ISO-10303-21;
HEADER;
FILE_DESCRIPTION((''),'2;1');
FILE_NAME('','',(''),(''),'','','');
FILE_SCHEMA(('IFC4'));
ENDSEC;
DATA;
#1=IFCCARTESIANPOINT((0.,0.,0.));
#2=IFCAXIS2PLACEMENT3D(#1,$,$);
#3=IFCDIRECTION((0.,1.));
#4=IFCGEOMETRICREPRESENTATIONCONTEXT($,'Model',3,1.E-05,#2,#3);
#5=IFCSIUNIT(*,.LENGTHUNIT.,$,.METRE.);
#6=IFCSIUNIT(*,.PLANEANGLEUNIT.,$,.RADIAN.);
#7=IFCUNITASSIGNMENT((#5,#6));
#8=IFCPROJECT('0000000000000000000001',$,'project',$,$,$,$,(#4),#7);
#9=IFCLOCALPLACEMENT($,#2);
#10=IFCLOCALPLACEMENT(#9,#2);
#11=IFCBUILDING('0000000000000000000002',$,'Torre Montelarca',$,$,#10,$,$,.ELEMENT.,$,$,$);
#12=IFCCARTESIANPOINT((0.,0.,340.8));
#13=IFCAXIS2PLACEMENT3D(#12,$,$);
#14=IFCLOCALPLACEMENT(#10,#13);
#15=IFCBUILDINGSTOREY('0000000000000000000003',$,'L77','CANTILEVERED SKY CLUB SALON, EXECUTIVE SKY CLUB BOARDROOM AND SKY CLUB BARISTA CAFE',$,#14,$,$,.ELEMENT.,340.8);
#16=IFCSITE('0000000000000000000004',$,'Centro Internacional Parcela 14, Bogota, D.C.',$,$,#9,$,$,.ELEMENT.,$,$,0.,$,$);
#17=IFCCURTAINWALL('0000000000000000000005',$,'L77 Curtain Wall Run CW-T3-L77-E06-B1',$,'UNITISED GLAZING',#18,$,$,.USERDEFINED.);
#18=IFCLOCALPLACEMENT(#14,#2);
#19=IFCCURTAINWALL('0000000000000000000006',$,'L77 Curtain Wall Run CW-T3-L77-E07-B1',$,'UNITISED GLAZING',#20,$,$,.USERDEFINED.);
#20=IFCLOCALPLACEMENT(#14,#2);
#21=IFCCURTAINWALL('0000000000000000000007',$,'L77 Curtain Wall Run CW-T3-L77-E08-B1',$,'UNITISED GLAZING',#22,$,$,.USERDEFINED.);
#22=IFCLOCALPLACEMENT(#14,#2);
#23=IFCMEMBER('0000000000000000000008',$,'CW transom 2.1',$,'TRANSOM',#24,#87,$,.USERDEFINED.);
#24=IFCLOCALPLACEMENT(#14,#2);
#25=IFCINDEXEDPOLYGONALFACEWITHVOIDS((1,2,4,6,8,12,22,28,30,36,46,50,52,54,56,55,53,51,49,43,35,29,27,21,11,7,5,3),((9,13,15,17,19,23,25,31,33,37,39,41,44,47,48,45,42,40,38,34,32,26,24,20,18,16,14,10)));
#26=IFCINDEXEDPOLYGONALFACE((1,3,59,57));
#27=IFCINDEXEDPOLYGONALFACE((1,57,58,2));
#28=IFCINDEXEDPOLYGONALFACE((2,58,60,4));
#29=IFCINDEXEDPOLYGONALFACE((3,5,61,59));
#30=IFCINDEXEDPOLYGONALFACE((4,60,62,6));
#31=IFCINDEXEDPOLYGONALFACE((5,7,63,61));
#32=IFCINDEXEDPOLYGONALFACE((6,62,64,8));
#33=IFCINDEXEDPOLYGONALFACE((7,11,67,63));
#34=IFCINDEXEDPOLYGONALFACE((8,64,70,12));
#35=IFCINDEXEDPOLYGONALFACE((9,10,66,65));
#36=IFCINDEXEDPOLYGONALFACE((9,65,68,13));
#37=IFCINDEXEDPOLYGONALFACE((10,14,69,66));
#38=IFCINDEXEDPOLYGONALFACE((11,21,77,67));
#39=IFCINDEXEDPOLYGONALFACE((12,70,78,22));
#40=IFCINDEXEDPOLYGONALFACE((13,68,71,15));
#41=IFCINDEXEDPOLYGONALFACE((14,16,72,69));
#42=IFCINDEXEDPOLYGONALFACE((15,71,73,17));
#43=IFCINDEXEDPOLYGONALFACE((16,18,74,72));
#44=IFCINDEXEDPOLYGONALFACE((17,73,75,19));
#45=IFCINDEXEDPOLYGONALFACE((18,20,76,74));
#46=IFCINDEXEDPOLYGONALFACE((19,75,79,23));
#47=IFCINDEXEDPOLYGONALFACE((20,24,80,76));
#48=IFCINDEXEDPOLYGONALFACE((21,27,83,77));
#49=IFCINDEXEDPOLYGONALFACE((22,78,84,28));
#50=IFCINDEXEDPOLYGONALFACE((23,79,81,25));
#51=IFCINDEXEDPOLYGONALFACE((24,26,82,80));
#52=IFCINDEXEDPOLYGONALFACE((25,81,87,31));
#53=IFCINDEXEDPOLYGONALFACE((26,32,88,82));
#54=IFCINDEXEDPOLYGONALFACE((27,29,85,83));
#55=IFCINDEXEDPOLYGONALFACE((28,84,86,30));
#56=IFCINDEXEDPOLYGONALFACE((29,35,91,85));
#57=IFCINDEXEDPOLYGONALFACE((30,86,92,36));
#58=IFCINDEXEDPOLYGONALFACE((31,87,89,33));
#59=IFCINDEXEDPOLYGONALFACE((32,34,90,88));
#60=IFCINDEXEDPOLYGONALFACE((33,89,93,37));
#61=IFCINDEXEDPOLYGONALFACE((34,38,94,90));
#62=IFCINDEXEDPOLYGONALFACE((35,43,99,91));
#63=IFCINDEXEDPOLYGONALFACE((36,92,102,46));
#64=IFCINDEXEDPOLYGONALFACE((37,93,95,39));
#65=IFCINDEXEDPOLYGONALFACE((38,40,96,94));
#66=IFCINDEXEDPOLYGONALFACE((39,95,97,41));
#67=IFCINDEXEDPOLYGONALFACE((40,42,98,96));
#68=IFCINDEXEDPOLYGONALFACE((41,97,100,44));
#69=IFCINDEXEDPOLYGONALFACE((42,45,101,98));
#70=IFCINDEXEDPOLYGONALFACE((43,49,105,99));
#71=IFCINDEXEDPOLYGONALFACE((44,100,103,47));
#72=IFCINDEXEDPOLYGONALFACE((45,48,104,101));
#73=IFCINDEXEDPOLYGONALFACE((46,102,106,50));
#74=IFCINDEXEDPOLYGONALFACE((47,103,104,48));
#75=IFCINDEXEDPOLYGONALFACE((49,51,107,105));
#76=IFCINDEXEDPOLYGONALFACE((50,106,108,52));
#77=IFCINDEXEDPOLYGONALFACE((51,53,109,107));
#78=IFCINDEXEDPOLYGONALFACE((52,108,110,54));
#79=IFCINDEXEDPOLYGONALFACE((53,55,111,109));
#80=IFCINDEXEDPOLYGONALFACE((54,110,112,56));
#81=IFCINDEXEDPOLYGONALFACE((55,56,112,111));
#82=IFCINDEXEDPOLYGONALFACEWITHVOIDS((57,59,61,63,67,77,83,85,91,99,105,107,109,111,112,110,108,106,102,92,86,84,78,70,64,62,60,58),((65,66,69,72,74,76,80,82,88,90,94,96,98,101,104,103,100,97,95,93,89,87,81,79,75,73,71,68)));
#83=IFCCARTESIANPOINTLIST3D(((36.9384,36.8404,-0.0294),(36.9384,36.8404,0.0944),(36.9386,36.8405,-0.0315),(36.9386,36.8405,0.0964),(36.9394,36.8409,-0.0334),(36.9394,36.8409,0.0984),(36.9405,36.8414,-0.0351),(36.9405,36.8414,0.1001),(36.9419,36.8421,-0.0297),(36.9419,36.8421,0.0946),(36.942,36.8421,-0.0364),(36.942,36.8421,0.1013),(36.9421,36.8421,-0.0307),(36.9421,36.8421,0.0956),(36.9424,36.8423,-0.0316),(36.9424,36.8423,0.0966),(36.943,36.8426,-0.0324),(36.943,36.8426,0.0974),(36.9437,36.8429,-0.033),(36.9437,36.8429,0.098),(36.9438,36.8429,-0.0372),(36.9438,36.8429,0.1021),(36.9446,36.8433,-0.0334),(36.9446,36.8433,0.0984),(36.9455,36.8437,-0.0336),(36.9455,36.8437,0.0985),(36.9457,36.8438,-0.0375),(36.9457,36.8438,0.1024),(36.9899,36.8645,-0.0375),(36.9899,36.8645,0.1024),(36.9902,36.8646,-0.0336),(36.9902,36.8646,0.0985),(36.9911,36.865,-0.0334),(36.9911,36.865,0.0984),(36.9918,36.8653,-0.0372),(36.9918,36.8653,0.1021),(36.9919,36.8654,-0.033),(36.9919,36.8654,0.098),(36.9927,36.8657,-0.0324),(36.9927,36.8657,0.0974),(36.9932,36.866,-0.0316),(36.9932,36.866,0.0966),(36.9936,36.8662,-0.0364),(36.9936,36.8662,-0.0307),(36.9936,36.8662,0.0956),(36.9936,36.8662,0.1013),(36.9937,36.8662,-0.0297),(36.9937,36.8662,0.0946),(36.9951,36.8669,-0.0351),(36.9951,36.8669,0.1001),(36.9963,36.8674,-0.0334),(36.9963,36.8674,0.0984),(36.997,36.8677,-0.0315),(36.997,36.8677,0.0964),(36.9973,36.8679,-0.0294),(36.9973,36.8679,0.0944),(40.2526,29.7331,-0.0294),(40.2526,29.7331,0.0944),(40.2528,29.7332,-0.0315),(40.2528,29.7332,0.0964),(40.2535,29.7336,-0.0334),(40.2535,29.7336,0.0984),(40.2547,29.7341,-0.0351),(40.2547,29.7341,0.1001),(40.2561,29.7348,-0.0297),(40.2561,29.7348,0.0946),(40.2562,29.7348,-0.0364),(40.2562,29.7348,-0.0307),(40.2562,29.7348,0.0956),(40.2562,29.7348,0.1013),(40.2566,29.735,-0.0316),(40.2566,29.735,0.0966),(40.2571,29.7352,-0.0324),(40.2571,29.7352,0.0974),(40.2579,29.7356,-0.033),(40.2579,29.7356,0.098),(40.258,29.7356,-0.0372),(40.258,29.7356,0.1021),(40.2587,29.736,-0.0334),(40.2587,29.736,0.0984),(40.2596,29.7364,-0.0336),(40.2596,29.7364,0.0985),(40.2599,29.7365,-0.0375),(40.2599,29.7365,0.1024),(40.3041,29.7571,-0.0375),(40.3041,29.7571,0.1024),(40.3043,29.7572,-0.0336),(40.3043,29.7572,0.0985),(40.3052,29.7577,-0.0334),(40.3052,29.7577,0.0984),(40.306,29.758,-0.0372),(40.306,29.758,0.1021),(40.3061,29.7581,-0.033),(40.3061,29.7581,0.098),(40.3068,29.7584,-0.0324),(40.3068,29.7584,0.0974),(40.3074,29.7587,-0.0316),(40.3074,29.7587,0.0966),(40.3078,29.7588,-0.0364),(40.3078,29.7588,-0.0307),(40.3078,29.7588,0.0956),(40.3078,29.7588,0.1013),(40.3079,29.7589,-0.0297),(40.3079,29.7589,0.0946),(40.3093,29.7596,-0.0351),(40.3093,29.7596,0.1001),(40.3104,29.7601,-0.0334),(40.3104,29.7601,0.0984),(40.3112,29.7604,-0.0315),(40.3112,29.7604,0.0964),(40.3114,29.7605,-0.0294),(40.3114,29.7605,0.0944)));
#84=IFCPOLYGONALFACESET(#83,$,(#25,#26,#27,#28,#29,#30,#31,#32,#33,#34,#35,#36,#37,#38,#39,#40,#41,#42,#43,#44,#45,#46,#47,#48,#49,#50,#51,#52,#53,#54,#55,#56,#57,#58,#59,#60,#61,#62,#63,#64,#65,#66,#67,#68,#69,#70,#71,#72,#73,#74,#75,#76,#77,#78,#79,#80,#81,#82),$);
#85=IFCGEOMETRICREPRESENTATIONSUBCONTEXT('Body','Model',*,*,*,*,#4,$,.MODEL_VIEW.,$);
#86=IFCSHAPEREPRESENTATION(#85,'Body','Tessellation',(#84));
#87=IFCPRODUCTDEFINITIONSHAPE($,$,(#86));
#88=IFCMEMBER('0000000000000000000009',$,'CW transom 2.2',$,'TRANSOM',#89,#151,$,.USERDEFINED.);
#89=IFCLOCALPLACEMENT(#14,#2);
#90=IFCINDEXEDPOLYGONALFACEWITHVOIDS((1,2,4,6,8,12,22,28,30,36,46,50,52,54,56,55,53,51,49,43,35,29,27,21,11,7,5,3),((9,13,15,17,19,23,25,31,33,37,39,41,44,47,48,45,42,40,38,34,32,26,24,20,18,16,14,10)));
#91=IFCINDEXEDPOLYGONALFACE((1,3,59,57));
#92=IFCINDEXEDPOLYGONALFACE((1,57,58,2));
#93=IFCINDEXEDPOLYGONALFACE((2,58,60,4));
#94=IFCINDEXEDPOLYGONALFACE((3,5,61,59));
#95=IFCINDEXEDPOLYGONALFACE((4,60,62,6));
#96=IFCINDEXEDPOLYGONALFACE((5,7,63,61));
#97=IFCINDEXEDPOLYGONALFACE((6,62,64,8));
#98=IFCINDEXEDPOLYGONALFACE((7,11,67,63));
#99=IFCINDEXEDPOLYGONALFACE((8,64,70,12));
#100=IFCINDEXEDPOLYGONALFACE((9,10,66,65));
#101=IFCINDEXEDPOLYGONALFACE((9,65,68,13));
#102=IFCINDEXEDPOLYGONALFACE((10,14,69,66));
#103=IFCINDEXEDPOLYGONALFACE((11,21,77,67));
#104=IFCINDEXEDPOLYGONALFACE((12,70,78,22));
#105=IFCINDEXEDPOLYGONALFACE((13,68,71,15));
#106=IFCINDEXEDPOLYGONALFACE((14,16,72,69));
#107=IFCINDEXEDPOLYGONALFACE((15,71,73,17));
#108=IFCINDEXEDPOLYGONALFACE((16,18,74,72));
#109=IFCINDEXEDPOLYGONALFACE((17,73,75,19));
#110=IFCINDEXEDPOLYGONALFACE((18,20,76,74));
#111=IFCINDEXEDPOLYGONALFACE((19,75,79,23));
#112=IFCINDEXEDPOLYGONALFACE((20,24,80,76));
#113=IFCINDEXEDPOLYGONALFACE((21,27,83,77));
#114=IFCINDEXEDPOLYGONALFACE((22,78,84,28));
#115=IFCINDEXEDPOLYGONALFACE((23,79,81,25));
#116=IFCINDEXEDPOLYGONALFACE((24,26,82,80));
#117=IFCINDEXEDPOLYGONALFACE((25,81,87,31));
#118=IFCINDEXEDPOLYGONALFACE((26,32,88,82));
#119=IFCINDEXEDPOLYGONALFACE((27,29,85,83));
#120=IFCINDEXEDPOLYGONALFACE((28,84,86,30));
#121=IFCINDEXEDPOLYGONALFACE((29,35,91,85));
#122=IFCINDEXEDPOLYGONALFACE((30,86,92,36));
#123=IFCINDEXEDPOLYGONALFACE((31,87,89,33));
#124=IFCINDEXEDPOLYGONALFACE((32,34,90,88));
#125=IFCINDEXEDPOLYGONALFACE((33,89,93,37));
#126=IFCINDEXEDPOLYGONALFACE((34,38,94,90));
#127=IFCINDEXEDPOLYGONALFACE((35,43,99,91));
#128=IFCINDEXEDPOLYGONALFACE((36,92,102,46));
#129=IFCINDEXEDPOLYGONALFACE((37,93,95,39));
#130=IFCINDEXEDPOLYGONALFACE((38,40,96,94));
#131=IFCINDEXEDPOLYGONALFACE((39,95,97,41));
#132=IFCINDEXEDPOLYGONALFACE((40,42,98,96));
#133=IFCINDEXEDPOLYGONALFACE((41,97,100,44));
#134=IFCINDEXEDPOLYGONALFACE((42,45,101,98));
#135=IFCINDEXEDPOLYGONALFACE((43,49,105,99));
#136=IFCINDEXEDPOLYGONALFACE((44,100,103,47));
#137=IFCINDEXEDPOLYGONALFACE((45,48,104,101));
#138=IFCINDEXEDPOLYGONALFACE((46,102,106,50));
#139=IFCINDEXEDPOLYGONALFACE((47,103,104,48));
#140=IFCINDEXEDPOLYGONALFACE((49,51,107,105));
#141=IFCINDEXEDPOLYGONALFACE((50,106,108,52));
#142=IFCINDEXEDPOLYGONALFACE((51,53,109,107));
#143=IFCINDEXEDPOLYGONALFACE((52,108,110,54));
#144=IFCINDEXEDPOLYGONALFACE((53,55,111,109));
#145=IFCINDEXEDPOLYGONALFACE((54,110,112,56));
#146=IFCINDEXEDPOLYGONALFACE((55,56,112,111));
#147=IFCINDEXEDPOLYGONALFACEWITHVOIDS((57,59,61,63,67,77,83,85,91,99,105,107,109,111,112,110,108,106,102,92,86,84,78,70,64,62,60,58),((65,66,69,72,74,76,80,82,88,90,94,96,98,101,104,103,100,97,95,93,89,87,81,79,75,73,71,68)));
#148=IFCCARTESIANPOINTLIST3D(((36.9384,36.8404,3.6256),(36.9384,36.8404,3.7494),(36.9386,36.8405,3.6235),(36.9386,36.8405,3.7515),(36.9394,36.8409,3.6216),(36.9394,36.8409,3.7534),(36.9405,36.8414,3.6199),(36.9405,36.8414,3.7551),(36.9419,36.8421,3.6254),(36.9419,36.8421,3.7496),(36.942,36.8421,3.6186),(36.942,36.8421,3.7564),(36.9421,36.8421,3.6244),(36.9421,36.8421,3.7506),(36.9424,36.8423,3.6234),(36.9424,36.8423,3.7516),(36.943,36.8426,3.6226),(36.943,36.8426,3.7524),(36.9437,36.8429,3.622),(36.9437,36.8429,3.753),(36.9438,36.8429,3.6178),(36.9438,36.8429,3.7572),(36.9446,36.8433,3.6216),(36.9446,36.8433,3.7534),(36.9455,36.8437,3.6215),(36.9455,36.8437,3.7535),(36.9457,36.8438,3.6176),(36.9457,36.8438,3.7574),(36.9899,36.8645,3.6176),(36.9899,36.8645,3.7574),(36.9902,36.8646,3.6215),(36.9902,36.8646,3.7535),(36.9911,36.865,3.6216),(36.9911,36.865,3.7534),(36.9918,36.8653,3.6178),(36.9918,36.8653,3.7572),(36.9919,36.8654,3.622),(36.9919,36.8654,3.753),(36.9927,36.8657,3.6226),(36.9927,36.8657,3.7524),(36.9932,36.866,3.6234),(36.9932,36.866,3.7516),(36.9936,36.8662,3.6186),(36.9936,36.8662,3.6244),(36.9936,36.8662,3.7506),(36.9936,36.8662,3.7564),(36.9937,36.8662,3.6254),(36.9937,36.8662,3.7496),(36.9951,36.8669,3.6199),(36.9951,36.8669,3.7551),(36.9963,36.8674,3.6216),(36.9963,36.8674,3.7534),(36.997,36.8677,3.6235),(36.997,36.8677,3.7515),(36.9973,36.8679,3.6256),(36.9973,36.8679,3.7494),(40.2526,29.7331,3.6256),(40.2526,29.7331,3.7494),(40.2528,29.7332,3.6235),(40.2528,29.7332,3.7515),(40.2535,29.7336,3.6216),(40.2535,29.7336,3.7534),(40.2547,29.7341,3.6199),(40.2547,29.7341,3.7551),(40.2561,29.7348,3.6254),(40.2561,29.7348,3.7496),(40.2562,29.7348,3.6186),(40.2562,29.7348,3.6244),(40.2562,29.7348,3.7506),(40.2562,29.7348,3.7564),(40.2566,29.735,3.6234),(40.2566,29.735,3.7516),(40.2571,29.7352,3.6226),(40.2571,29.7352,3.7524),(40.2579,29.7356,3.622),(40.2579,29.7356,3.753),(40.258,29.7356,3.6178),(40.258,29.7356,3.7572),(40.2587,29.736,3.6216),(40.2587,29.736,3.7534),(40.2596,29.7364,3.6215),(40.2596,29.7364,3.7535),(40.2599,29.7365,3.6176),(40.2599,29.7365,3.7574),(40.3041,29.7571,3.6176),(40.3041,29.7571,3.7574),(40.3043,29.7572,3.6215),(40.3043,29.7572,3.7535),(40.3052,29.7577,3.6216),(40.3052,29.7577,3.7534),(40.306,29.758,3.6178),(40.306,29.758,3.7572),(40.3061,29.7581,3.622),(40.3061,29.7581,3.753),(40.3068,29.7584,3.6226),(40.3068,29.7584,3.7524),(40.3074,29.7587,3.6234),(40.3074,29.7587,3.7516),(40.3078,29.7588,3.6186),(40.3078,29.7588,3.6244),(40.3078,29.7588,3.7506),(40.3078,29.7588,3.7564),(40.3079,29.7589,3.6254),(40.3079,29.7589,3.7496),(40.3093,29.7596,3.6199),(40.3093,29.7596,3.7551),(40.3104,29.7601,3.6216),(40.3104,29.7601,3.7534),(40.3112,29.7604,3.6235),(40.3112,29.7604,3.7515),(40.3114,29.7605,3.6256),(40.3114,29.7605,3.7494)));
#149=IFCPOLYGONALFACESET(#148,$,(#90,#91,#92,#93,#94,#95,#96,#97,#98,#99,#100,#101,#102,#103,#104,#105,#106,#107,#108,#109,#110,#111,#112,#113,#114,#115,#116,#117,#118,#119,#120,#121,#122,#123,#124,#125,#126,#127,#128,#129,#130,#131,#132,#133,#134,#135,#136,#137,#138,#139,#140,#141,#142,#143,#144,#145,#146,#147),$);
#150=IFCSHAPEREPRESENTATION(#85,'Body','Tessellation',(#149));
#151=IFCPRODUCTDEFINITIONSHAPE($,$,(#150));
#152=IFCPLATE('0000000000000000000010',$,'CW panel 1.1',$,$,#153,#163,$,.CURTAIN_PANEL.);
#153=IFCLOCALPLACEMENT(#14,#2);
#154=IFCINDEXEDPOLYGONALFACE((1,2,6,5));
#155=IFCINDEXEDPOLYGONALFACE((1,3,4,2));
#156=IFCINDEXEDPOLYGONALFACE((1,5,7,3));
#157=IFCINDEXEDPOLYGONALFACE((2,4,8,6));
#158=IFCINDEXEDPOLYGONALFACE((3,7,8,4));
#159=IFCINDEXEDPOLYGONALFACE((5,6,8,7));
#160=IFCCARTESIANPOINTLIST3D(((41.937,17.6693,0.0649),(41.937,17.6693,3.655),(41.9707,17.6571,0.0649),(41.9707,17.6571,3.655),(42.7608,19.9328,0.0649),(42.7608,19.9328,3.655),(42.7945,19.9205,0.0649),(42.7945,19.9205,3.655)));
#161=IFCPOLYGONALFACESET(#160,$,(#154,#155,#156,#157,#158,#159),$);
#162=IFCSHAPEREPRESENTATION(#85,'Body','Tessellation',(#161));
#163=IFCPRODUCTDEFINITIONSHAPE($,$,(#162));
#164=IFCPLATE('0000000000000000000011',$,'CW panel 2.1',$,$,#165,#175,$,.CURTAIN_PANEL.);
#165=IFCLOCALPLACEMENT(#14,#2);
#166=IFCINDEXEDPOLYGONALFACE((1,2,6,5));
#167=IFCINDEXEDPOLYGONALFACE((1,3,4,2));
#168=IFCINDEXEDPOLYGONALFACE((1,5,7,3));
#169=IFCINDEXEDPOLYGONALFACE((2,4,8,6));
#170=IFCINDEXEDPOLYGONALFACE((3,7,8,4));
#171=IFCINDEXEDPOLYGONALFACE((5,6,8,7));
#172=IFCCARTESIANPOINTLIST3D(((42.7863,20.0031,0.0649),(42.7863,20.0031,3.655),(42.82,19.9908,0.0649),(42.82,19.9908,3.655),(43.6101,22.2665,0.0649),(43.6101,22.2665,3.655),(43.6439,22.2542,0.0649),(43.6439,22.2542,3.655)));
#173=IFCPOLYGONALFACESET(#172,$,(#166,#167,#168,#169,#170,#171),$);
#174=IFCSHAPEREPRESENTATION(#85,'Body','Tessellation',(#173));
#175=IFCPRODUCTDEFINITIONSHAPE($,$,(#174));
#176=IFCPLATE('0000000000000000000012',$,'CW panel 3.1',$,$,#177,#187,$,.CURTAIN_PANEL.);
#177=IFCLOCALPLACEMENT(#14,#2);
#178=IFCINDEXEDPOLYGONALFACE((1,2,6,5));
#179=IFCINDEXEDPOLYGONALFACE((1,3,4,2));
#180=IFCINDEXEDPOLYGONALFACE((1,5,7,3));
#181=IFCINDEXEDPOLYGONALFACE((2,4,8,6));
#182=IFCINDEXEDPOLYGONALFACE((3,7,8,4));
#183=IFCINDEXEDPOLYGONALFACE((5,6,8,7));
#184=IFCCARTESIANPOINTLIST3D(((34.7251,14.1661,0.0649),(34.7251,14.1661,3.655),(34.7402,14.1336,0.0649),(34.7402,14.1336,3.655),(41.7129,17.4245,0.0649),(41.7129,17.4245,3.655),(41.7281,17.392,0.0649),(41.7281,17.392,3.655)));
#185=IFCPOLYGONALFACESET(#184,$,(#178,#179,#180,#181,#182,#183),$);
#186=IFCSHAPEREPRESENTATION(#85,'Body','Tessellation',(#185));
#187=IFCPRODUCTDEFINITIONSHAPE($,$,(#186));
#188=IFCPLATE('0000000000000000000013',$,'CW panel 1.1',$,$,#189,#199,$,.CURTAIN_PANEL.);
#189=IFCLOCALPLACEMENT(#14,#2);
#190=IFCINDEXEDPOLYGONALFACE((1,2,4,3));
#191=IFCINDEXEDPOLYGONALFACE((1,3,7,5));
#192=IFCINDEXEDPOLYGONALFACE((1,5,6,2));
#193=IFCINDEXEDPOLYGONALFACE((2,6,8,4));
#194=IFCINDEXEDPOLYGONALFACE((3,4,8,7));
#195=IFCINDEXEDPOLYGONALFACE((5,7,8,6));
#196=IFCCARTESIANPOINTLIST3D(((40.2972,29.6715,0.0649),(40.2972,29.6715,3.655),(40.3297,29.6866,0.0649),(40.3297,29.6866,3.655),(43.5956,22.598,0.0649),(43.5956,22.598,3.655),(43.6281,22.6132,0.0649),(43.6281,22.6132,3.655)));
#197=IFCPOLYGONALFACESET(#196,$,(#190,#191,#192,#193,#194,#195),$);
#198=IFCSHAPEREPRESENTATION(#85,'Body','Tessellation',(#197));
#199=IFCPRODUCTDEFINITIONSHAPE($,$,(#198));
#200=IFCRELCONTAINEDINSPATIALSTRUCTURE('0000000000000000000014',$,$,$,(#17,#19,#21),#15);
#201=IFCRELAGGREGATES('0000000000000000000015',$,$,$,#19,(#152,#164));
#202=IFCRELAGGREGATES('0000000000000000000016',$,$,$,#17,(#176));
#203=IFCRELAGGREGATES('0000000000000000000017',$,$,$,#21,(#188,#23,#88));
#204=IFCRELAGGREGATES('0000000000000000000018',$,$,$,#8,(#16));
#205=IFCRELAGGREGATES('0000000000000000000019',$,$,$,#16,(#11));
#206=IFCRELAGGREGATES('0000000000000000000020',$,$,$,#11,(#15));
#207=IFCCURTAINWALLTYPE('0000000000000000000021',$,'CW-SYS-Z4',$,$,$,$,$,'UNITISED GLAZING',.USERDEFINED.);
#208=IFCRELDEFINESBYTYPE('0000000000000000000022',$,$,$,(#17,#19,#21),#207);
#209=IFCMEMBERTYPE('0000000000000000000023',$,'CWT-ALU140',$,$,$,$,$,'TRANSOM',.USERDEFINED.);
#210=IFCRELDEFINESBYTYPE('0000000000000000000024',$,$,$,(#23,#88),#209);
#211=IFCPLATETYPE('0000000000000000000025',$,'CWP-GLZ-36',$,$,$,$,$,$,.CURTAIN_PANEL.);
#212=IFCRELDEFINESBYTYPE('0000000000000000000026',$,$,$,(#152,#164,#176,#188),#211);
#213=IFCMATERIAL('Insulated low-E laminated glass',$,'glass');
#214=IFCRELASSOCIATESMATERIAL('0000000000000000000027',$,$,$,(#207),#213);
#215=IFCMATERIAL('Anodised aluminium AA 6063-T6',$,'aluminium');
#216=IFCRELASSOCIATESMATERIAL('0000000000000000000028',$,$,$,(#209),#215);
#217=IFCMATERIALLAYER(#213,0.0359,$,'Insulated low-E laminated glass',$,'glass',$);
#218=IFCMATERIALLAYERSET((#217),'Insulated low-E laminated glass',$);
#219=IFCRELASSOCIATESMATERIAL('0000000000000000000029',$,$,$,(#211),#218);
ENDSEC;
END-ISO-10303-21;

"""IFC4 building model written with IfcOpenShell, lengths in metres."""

from ifc_helpers import new_model, si_unit, direction, frame, origin, origin_2d, place, context, subcontext, project, spatial, rectangle, hollow_rectangle, extrude, source, transform, mapped, material, layer, layer_set, material_profile, profile_set, type_object, element, aggregate, save


model = new_model("IFC4")

# Units and contexts
model_context = context("Model", 3, precision=1e-05, world=origin(), true_north=direction((0.0, 1.0)))
body_context = subcontext(model_context, "Body", "Model", "MODEL_VIEW")
ifc_project = project(units=[si_unit("LENGTHUNIT", "METRE"), si_unit("PLANEANGLEUNIT", "RADIAN")], contexts=[model_context])

# Site, building, storey
site_placement = place(None, origin())
site = spatial("IfcSite", under=ifc_project, at=site_placement, Name="Centro Internacional Parcela 14, Bogota, D.C.", CompositionType="ELEMENT", RefElevation=0.0)
building_placement = place(site_placement, origin())
building = spatial("IfcBuilding", under=site, at=building_placement, Name="Torre Montelarca", CompositionType="ELEMENT")
storey_placement = place(building_placement, frame((0.0, 0.0, 340.8)))
storey = spatial("IfcBuildingStorey", under=building, at=storey_placement, Name="L77", Description="CANTILEVERED SKY CLUB SALON, EXECUTIVE SKY CLUB BOARDROOM AND SKY CLUB BARISTA CAFE", CompositionType="ELEMENT", Elevation=340.8)

# Curtain walls
ifc_material_1 = material(Name="Insulated low-E laminated glass", Category="glass")
curtain_wall_type = type_object("IfcCurtainWallType", Name="CW-SYS-Z4", ElementType="UNITISED GLAZING", PredefinedType="USERDEFINED", material=ifc_material_1)
curtain_wall_1_placement = place(storey_placement, origin())
curtain_wall_1 = element("IfcCurtainWall", 1, at=curtain_wall_1_placement, inside=storey, type_object=curtain_wall_type, Name="L77 Curtain Wall Run CW-T3-L77-E06-B1", ObjectType="UNITISED GLAZING", PredefinedType="USERDEFINED")
ifc_material_2 = material(Name="Anodised aluminium AA 6063-T6", Category="aluminium")
curtain_wall_2_placement = place(storey_placement, origin())
curtain_wall_2 = element("IfcCurtainWall", 2, at=curtain_wall_2_placement, inside=storey, type_object=curtain_wall_type, Name="L77 Curtain Wall Run CW-T3-L77-E07-B1", ObjectType="UNITISED GLAZING", PredefinedType="USERDEFINED")
curtain_wall_3_placement = place(storey_placement, origin())
curtain_wall_3 = element("IfcCurtainWall", 3, at=curtain_wall_3_placement, inside=storey, type_object=curtain_wall_type, Name="L77 Curtain Wall Run CW-T3-L77-E08-B1", ObjectType="UNITISED GLAZING", PredefinedType="USERDEFINED")

# Members
ifc_material_profile_1 = material_profile(ifc_material_2, hollow_rectangle(XDim=0.0649, YDim=0.1399, WallThickness=0.0039, InnerFilletRadius=0.0039, OuterFilletRadius=0.0081, at=origin_2d()), Name="ALU65X140X4", Category="aluminium")
ifc_profile_set_1 = profile_set([ifc_material_profile_1], Name="Anodised aluminium AA 6063-T6")
member_type_1 = type_object("IfcMemberType", Name="CWT-ALU140", ElementType="TRANSOM", PredefinedType="USERDEFINED", material=ifc_profile_set_1)
shared_shape_1 = source(origin(), body_context, "Body", "SweptSolid", [
    extrude(hollow_rectangle(XDim=0.0649, YDim=0.1399, WallThickness=0.0039, InnerFilletRadius=0.0039, OuterFilletRadius=0.0081, at=origin_2d()), origin(), (0.0, 0.0, 1.0), 7.842),
])
member_1_placement = place(storey_placement, frame((40.282, 29.7468, 0.0325), z_axis=(-0.422614, 0.90631, 0.0), x_axis=(-0.90631, -0.422614, 0.0)))
member_1 = element("IfcMember", 4, at=member_1_placement, type_object=member_type_1, Name="CW transom 2.1", ObjectType="TRANSOM", PredefinedType="USERDEFINED", context=body_context, shape_type="MappedRepresentation", body=[
    mapped(shared_shape_1, transform((0.0, 0.0, 0.0), scale=1.0)),
])
member_2_placement = place(storey_placement, frame((40.282, 29.7468, 3.6875), z_axis=(-0.422614, 0.90631, 0.0), x_axis=(-0.90631, -0.422614, 0.0)))
member_2 = element("IfcMember", 5, at=member_2_placement, type_object=member_type_1, Name="CW transom 2.2", ObjectType="TRANSOM", PredefinedType="USERDEFINED", context=body_context, shape_type="MappedRepresentation", body=[
    mapped(shared_shape_1, transform((0.0, 0.0, 0.0), scale=1.0)),
])

# Plates
ifc_layer_1 = layer(ifc_material_1, 0.0359, Name="Insulated low-E laminated glass", Category="glass")
ifc_layer_set_1 = layer_set([ifc_layer_1], Name="Insulated low-E laminated glass")
plate_type = type_object("IfcPlateType", Name="CWP-GLZ-36", PredefinedType="CURTAIN_PANEL", material=ifc_layer_set_1)
shared_shape_2 = source(origin(), body_context, "Body", "SweptSolid", [
    extrude(rectangle(XDim=2.4087, YDim=0.0359, at=origin_2d()), origin(), (0.0, 0.0, 1.0), 3.5901),
])
plate_1_placement = place(storey_placement, frame((42.3657, 18.7949, 0.0649), z_axis=(0.0, 0.0, 1.0), x_axis=(0.342015, 0.939694, 0.0)))
plate_1 = element("IfcPlate", 6, at=plate_1_placement, type_object=plate_type, Name="CW panel 1.1", PredefinedType="CURTAIN_PANEL", context=body_context, shape_type="MappedRepresentation", body=[
    mapped(shared_shape_2, transform((0.0, 0.0, 0.0), scale=1.0)),
])
plate_2_placement = place(storey_placement, frame((43.2151, 21.1287, 0.0649), z_axis=(0.0, 0.0, 1.0), x_axis=(0.342015, 0.939694, 0.0)))
plate_2 = element("IfcPlate", 7, at=plate_2_placement, type_object=plate_type, Name="CW panel 2.1", PredefinedType="CURTAIN_PANEL", context=body_context, shape_type="MappedRepresentation", body=[
    mapped(shared_shape_2, transform((0.0, 0.0, 0.0), scale=1.0)),
])
aggregate(curtain_wall_2, [plate_1, plate_2])
shared_shape_3 = source(origin(), body_context, "Body", "SweptSolid", [
    extrude(rectangle(XDim=7.7102, YDim=0.0359, at=origin_2d()), origin(), (0.0, 0.0, 1.0), 3.5901),
])
plate_3_placement = place(storey_placement, frame((38.2266, 15.7791, 0.0649), z_axis=(0.0, 0.0, 1.0), x_axis=(0.906311, 0.422612, 0.0)))
plate_3 = element("IfcPlate", 8, at=plate_3_placement, type_object=plate_type, Name="CW panel 3.1", PredefinedType="CURTAIN_PANEL", context=body_context, shape_type="MappedRepresentation", body=[
    mapped(shared_shape_3, transform((0.0, 0.0, 0.0), scale=1.0)),
])
aggregate(curtain_wall_1, [plate_3])
shared_shape_4 = source(origin(), body_context, "Body", "SweptSolid", [
    extrude(rectangle(XDim=7.8047, YDim=0.0359, at=origin_2d()), origin(), (0.0, 0.0, 1.0), 3.5901),
])
plate_4_placement = place(storey_placement, frame((41.9626, 26.1423, 0.0649), z_axis=(0.0, 0.0, 1.0), x_axis=(-0.422615, 0.906309, 0.0)))
plate_4 = element("IfcPlate", 9, at=plate_4_placement, type_object=plate_type, Name="CW panel 1.1", PredefinedType="CURTAIN_PANEL", context=body_context, shape_type="MappedRepresentation", body=[
    mapped(shared_shape_4, transform((0.0, 0.0, 0.0), scale=1.0)),
])
aggregate(curtain_wall_3, [plate_4, member_1, member_2])

save(model, "model.ifc")
